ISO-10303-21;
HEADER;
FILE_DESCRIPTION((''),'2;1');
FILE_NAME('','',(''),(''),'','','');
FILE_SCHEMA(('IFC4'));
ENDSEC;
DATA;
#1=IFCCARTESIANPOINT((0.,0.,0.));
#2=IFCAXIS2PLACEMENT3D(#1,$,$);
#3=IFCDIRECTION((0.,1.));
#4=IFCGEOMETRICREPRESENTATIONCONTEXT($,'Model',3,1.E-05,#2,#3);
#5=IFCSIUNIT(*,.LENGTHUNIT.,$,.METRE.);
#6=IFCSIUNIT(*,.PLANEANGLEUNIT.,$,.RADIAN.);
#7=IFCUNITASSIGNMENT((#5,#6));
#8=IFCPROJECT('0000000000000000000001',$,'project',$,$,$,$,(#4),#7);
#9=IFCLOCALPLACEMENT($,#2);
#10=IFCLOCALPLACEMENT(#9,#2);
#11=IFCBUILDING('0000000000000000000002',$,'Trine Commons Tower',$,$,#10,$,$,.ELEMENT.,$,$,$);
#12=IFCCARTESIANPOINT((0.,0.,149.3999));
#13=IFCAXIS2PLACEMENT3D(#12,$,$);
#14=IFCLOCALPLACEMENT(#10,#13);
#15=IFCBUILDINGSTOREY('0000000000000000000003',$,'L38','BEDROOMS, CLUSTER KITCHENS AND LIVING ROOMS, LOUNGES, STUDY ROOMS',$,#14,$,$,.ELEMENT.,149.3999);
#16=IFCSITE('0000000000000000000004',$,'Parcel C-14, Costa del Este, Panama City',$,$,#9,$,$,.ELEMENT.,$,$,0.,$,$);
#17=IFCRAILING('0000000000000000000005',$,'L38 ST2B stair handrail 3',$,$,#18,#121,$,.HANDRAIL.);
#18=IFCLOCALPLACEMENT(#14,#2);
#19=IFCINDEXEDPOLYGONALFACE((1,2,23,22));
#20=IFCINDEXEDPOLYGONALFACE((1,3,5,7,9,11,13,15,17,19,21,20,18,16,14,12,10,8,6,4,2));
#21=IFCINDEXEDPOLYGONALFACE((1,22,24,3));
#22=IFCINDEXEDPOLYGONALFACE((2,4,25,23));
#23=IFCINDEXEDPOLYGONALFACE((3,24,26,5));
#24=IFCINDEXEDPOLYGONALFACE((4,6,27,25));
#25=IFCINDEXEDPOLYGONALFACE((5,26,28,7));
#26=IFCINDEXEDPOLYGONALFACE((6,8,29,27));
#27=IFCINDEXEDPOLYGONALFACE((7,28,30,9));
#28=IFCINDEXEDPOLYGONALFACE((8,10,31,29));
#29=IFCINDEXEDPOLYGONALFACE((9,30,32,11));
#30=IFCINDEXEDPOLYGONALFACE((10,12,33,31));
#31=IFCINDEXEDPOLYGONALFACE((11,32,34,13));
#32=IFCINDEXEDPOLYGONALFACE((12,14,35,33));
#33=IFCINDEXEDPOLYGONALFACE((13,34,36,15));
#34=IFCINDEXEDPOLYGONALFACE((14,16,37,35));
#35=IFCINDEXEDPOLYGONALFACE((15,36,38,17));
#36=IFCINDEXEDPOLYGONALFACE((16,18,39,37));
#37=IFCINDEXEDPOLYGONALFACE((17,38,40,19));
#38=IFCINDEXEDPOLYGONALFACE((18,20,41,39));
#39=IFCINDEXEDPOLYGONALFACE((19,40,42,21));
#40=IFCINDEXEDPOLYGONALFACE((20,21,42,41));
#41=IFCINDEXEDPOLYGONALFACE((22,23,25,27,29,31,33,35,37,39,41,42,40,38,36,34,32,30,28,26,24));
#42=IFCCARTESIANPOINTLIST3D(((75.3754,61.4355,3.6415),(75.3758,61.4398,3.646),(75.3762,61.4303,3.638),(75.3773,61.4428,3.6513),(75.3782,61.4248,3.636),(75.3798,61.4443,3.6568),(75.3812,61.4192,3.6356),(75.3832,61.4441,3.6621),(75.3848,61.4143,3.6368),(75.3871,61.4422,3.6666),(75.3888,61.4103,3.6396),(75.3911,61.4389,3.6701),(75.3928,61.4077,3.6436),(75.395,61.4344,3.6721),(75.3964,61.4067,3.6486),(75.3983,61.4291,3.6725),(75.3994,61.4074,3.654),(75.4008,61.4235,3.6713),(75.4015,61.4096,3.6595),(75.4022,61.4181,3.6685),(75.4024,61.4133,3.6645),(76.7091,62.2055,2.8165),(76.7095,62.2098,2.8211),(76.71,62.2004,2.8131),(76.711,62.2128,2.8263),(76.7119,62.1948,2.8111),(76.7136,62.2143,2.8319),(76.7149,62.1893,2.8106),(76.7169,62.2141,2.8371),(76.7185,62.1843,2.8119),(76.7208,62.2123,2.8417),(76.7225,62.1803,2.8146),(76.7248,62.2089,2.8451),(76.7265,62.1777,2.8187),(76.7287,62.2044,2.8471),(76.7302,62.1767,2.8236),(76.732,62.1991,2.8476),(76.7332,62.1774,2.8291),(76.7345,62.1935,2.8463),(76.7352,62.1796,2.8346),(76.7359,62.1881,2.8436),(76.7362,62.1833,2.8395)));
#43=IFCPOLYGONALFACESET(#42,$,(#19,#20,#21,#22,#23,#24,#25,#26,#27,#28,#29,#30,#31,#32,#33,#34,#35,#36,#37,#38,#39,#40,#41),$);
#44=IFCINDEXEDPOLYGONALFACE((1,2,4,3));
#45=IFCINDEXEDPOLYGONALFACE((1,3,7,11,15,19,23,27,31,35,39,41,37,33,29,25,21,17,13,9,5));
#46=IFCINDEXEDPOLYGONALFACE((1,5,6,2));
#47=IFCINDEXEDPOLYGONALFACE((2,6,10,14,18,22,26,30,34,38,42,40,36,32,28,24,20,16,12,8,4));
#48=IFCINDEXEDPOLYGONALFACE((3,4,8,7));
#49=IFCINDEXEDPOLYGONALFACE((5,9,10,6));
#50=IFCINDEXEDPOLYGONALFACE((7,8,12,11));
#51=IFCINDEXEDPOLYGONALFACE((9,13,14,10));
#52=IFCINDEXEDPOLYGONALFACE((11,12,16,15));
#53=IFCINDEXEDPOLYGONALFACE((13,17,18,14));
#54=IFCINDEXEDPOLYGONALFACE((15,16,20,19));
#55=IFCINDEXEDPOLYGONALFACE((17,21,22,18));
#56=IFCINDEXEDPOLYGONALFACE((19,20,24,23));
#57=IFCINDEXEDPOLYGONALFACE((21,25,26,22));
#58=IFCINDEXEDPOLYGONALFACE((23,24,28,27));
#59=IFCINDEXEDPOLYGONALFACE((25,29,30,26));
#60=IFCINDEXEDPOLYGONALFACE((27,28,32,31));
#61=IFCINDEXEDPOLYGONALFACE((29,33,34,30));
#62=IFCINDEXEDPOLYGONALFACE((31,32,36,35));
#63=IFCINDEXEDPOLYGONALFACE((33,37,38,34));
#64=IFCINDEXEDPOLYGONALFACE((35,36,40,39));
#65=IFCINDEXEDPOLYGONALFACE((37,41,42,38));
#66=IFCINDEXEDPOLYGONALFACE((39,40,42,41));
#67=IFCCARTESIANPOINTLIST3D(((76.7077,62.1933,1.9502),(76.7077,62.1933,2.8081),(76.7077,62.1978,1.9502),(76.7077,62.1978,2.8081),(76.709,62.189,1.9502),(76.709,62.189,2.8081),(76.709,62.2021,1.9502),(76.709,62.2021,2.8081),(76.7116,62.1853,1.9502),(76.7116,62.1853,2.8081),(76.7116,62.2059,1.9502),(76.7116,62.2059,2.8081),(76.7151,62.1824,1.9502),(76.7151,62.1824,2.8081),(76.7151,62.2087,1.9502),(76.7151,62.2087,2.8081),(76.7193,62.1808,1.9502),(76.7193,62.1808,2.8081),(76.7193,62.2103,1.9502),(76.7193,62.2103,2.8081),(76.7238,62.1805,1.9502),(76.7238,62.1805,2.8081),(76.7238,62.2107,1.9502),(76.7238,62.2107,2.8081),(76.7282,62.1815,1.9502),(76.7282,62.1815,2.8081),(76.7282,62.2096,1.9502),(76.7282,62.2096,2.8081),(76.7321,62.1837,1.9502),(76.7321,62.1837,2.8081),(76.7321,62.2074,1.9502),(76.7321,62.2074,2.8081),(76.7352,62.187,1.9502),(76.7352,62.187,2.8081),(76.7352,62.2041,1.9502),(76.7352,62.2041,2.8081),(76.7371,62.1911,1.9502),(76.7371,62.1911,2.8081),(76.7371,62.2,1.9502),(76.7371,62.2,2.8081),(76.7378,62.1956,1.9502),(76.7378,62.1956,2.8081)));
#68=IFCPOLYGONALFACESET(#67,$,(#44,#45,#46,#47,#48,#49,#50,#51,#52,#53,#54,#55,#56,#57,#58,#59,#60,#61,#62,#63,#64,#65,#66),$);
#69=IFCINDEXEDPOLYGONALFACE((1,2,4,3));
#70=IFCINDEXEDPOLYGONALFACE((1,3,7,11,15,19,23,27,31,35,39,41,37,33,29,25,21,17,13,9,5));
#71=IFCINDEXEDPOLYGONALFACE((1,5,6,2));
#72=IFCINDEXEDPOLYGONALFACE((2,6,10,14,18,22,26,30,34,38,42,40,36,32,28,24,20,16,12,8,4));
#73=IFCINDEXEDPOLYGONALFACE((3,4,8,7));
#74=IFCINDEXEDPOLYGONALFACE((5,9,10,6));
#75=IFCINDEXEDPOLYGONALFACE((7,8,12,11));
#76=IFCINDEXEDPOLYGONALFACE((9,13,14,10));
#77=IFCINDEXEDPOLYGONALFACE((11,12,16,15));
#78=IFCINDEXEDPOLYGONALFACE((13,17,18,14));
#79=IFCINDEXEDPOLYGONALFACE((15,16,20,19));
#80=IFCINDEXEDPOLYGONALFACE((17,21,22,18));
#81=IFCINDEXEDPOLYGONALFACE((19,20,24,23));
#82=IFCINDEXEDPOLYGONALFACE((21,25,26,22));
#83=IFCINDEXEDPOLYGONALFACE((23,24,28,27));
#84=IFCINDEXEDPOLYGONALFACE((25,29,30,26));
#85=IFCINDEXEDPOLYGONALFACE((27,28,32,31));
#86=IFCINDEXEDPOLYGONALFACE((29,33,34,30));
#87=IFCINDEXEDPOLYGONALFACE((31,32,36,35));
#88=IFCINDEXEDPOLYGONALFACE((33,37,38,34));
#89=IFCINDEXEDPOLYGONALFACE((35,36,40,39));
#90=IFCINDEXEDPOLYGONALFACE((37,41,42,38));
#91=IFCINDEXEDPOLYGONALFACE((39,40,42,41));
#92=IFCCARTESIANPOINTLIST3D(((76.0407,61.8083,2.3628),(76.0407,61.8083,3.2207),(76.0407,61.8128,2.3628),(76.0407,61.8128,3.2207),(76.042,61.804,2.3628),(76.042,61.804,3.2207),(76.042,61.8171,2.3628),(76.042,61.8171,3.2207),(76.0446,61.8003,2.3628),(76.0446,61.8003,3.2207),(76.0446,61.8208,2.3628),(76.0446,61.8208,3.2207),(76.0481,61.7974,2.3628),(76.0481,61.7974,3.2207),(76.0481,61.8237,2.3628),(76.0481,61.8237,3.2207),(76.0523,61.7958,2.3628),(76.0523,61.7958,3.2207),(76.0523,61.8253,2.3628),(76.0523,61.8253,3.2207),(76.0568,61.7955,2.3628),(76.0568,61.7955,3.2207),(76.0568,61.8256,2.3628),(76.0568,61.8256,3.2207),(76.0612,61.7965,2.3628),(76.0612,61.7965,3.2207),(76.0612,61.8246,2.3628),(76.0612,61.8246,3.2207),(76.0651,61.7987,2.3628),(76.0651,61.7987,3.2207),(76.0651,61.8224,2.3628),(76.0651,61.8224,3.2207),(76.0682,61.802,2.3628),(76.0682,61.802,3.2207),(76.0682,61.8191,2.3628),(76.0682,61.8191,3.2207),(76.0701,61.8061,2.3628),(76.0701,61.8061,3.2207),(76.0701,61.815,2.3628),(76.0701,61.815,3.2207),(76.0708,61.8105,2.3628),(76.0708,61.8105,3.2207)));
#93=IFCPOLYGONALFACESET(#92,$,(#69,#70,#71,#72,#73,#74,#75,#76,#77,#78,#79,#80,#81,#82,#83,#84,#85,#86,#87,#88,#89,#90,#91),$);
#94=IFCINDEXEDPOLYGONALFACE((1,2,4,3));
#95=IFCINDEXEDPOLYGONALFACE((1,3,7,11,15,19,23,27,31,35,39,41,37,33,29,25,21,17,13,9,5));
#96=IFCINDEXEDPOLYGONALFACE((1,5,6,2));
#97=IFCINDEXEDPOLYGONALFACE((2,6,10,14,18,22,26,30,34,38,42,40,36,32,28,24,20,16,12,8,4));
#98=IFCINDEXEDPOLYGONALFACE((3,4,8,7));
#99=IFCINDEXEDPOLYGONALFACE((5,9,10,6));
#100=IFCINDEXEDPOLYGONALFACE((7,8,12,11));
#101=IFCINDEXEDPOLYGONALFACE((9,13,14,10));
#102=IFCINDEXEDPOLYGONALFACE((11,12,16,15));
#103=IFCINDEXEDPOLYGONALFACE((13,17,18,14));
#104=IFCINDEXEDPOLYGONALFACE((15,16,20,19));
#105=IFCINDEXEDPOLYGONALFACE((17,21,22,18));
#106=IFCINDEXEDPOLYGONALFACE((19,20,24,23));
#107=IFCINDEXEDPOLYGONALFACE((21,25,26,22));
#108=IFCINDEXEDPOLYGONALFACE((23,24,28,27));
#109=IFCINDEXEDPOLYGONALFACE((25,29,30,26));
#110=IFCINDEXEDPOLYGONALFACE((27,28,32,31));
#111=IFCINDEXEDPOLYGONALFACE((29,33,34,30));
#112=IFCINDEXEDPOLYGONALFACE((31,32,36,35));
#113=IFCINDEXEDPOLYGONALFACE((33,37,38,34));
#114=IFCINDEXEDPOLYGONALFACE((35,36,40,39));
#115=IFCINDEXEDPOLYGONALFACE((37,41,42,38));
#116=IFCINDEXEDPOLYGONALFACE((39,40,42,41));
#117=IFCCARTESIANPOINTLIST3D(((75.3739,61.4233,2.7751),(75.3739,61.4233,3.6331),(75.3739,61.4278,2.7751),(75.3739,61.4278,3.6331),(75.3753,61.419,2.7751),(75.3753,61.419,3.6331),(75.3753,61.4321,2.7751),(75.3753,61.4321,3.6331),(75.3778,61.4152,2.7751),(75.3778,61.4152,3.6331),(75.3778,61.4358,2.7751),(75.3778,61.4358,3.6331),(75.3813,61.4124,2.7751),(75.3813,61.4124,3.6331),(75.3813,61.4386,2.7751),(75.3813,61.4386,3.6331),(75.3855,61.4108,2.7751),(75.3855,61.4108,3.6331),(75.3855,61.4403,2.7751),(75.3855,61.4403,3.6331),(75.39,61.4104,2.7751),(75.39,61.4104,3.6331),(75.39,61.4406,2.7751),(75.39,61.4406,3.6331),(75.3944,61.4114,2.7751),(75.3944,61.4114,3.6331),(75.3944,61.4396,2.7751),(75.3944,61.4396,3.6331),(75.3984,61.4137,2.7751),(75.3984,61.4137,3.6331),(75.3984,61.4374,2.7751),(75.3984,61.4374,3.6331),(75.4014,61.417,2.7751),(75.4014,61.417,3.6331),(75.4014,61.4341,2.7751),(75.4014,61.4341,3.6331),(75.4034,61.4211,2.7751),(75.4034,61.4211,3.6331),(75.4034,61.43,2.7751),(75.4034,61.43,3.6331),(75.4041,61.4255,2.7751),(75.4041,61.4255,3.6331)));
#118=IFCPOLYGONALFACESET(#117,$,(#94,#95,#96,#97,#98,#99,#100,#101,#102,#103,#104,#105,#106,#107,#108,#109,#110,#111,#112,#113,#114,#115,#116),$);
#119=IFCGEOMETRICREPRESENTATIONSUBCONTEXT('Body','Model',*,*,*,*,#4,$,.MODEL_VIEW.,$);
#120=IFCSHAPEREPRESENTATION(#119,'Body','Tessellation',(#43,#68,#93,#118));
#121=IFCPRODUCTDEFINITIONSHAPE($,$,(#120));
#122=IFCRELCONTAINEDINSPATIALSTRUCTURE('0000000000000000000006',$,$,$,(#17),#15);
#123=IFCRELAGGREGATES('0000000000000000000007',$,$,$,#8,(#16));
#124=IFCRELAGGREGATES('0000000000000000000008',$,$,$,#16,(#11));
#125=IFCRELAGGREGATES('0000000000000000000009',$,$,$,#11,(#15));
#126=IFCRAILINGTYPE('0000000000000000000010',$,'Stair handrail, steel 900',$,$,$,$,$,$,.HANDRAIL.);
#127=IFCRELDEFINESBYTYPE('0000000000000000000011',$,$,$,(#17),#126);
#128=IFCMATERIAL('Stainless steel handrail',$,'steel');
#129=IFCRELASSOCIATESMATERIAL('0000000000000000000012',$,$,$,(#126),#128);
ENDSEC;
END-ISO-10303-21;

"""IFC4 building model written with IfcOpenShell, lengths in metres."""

from ifc_helpers import new_model, si_unit, direction, frame, origin, origin_2d, place, context, subcontext, project, spatial, circle, extrude, material, type_object, element, save


model = new_model("IFC4")

# Units and contexts
model_context = context("Model", 3, precision=1e-05, world=origin(), true_north=direction((0.0, 1.0)))
body_context = subcontext(model_context, "Body", "Model", "MODEL_VIEW")
ifc_project = project(units=[si_unit("LENGTHUNIT", "METRE"), si_unit("PLANEANGLEUNIT", "RADIAN")], contexts=[model_context])

# Site, building, storey
site_placement = place(None, origin())
site = spatial("IfcSite", under=ifc_project, at=site_placement, Name="Parcel C-14, Costa del Este, Panama City", CompositionType="ELEMENT", RefElevation=0.0)
building_placement = place(site_placement, origin())
building = spatial("IfcBuilding", under=site, at=building_placement, Name="Trine Commons Tower", CompositionType="ELEMENT")
storey_placement = place(building_placement, frame((0.0, 0.0, 149.3999)))
storey = spatial("IfcBuildingStorey", under=building, at=storey_placement, Name="L38", Description="BEDROOMS, CLUSTER KITCHENS AND LIVING ROOMS, LOUNGES, STUDY ROOMS", CompositionType="ELEMENT", Elevation=149.3999)

# Railing
ifc_material_1 = material(Name="Stainless steel handrail", Category="steel")
railing_type_1 = type_object("IfcRailingType", Name="Stair handrail, steel 900", PredefinedType="HANDRAIL", material=ifc_material_1)
for number, where, name in (
    (1, (76.7227, 62.1956, 1.9502), "L38 ST2B stair handrail 3"),
):
    element("IfcRailing", number, at=place(storey_placement, frame(where)), inside=storey, type_object=railing_type_1, Name=name, PredefinedType="HANDRAIL", context=body_context, shape_type="SweptSolid", body=[
        extrude(circle(Radius=0.021, at=origin_2d()), frame((0.0, 0.0, 0.8789), z_axis=(-0.763405, -0.440743, 0.472185), x_axis=(0.499992, -0.86603, 0.0)), (0.0, 0.0, 1.0), 1.7471),
        extrude(circle(Radius=0.0151, at=origin_2d()), origin(), (0.0, 0.0, 1.0), 0.8579),
        extrude(circle(Radius=0.0151, at=origin_2d()), frame((-0.667, -0.385, 0.4126)), (0.0, 0.0, 1.0), 0.8579),
        extrude(circle(Radius=0.0151, at=origin_2d()), frame((-1.3337, -0.77, 0.825)), (0.0, 0.0, 1.0), 0.8579),
    ])

save(model, "model.ifc")
